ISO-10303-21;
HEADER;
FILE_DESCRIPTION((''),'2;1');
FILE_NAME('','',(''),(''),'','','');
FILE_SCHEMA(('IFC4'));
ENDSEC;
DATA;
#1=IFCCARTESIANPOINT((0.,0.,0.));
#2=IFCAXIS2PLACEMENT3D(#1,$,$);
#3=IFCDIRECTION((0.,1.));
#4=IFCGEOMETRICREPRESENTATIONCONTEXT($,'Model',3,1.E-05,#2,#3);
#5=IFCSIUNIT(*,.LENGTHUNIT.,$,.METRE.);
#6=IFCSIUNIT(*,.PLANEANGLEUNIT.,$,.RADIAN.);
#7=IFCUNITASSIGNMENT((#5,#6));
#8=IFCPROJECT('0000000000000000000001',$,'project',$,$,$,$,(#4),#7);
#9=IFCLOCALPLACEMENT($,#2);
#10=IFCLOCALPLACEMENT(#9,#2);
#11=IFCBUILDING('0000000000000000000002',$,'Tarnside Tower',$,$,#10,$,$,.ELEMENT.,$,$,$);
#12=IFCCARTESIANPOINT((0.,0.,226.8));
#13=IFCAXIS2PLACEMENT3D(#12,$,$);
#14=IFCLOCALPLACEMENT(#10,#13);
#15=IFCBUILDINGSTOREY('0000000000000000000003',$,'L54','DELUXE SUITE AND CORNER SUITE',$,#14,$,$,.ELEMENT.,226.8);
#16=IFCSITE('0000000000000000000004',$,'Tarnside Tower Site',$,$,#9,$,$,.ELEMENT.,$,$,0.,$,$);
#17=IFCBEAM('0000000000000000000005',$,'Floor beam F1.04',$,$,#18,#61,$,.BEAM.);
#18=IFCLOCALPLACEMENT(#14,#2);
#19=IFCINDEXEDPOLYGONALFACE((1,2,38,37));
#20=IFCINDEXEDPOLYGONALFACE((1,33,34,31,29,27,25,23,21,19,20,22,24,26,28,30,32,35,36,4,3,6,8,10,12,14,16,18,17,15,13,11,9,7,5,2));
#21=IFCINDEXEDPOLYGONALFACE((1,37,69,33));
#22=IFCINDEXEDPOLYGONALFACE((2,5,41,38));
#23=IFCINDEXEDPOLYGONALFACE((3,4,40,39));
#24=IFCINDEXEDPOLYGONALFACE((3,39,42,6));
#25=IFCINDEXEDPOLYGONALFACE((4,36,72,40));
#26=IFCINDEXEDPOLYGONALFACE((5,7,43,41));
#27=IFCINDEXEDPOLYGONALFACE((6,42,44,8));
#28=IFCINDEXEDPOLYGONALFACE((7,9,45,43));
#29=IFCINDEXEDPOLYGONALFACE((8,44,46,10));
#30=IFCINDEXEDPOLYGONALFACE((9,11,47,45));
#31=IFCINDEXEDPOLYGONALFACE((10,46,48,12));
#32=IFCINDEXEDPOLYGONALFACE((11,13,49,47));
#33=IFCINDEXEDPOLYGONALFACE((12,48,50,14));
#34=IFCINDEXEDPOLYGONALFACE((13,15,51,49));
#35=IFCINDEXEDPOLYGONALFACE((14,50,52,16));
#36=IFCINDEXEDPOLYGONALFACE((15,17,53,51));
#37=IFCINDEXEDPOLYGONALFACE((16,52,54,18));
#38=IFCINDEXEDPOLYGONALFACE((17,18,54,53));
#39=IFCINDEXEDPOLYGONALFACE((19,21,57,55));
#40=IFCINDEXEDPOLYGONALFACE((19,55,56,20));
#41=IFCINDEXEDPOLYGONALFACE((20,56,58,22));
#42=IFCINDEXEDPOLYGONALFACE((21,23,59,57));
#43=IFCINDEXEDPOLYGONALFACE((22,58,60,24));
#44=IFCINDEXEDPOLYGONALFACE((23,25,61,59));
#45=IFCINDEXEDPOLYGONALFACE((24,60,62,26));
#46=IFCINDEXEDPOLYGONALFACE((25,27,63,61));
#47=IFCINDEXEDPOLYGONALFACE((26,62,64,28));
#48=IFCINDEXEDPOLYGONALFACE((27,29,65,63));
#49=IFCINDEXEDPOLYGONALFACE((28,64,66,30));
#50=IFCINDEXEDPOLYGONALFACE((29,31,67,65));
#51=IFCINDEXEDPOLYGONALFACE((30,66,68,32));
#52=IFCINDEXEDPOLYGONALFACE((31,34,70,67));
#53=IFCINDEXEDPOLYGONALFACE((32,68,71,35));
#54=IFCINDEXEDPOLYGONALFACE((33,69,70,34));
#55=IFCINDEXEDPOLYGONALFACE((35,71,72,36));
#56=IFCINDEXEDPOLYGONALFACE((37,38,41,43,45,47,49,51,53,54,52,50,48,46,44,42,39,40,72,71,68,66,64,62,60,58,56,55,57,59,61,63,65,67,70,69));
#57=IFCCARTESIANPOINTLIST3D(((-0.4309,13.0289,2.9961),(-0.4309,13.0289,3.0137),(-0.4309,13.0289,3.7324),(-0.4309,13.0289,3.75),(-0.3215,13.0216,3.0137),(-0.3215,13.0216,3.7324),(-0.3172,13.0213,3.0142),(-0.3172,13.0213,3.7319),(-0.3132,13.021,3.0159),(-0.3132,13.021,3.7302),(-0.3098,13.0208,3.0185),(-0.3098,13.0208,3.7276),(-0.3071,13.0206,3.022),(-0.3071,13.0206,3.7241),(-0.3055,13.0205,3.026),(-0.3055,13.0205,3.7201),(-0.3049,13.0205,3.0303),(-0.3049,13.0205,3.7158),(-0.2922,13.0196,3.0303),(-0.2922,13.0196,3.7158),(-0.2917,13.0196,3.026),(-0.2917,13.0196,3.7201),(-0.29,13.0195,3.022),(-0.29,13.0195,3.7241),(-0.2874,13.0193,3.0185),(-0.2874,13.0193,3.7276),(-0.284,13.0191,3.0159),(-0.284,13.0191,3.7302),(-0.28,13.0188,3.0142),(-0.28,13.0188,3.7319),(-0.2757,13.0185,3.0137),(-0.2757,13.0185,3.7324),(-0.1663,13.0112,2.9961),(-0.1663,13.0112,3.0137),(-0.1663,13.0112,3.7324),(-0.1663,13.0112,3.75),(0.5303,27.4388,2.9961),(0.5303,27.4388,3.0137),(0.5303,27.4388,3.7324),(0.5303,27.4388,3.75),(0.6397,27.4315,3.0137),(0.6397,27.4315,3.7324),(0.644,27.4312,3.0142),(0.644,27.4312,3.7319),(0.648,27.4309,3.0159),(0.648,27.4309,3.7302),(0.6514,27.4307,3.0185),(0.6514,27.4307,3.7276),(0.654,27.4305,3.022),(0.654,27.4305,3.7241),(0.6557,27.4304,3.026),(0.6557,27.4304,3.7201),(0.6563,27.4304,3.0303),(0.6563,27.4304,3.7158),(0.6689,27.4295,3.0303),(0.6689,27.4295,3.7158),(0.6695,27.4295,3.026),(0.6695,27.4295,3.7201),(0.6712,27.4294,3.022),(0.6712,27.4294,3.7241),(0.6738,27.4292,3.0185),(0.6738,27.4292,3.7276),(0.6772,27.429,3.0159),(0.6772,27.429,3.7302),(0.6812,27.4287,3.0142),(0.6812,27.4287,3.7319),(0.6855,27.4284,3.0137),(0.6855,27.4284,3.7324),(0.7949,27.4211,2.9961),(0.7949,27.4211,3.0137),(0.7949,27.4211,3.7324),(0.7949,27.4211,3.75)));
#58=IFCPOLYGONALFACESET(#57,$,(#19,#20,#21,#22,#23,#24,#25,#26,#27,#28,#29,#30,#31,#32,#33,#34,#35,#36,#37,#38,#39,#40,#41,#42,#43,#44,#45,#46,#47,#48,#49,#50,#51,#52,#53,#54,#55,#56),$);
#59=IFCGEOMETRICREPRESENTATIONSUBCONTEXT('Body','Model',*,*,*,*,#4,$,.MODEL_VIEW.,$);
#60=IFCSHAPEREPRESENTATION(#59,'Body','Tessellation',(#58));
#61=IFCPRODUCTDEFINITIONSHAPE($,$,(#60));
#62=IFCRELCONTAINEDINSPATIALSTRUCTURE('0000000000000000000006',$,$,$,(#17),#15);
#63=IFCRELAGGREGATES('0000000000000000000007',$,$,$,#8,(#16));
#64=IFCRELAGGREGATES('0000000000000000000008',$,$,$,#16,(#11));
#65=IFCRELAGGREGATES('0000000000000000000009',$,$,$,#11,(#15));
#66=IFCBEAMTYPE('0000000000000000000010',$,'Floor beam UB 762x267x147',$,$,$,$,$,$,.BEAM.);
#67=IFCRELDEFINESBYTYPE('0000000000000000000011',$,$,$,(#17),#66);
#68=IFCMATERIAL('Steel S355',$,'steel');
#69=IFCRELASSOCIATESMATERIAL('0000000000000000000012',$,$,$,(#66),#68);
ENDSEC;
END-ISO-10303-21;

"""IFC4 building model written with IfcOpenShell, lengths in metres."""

from ifc_helpers import new_model, si_unit, direction, frame, origin, origin_2d, place, context, subcontext, project, spatial, i_section, extrude, material, material_profile, profile_set, type_object, element, save


model = new_model("IFC4")

# Units and contexts
model_context = context("Model", 3, precision=1e-05, world=origin(), true_north=direction((0.0, 1.0)))
body_context = subcontext(model_context, "Body", "Model", "MODEL_VIEW")
ifc_project = project(units=[si_unit("LENGTHUNIT", "METRE"), si_unit("PLANEANGLEUNIT", "RADIAN")], contexts=[model_context])

# Site, building, storey
site_placement = place(None, origin())
site = spatial("IfcSite", under=ifc_project, at=site_placement, Name="Tarnside Tower Site", CompositionType="ELEMENT", RefElevation=0.0)
building_placement = place(site_placement, origin())
building = spatial("IfcBuilding", under=site, at=building_placement, Name="Tarnside Tower", CompositionType="ELEMENT")
storey_placement = place(building_placement, frame((0.0, 0.0, 226.8)))
storey = spatial("IfcBuildingStorey", under=building, at=storey_placement, Name="L54", Description="DELUXE SUITE AND CORNER SUITE", CompositionType="ELEMENT", Elevation=226.8)

# Beam
ifc_material_1 = material(Name="Steel S355", Category="steel")
ifc_material_profile = material_profile(ifc_material_1, i_section(OverallWidth=0.2651, OverallDepth=0.7539, WebThickness=0.0127, FlangeThickness=0.0176, FilletRadius=0.0166, at=origin_2d()), Name="UB 762x267x147")
ifc_profile_set = profile_set([ifc_material_profile], Name="Steel S355")
beam_type = type_object("IfcBeamType", Name="Floor beam UB 762x267x147", PredefinedType="BEAM", material=ifc_profile_set)
beam_placement = place(storey_placement, frame((0.6626, 27.4299, 3.373), z_axis=(-0.066555, -0.997783, 0.0), x_axis=(0.997783, -0.066555, 0.0)))
element("IfcBeam", 1, at=beam_placement, inside=storey, type_object=beam_type, Name="Floor beam F1.04", PredefinedType="BEAM", context=body_context, shape_type="SweptSolid", body=[
    extrude(i_section(OverallWidth=0.2651, OverallDepth=0.7539, WebThickness=0.0127, FlangeThickness=0.0176, FilletRadius=0.0166, at=origin_2d()), origin(), (0.0, 0.0, 1.0), 14.4419),
])

save(model, "model.ifc")
